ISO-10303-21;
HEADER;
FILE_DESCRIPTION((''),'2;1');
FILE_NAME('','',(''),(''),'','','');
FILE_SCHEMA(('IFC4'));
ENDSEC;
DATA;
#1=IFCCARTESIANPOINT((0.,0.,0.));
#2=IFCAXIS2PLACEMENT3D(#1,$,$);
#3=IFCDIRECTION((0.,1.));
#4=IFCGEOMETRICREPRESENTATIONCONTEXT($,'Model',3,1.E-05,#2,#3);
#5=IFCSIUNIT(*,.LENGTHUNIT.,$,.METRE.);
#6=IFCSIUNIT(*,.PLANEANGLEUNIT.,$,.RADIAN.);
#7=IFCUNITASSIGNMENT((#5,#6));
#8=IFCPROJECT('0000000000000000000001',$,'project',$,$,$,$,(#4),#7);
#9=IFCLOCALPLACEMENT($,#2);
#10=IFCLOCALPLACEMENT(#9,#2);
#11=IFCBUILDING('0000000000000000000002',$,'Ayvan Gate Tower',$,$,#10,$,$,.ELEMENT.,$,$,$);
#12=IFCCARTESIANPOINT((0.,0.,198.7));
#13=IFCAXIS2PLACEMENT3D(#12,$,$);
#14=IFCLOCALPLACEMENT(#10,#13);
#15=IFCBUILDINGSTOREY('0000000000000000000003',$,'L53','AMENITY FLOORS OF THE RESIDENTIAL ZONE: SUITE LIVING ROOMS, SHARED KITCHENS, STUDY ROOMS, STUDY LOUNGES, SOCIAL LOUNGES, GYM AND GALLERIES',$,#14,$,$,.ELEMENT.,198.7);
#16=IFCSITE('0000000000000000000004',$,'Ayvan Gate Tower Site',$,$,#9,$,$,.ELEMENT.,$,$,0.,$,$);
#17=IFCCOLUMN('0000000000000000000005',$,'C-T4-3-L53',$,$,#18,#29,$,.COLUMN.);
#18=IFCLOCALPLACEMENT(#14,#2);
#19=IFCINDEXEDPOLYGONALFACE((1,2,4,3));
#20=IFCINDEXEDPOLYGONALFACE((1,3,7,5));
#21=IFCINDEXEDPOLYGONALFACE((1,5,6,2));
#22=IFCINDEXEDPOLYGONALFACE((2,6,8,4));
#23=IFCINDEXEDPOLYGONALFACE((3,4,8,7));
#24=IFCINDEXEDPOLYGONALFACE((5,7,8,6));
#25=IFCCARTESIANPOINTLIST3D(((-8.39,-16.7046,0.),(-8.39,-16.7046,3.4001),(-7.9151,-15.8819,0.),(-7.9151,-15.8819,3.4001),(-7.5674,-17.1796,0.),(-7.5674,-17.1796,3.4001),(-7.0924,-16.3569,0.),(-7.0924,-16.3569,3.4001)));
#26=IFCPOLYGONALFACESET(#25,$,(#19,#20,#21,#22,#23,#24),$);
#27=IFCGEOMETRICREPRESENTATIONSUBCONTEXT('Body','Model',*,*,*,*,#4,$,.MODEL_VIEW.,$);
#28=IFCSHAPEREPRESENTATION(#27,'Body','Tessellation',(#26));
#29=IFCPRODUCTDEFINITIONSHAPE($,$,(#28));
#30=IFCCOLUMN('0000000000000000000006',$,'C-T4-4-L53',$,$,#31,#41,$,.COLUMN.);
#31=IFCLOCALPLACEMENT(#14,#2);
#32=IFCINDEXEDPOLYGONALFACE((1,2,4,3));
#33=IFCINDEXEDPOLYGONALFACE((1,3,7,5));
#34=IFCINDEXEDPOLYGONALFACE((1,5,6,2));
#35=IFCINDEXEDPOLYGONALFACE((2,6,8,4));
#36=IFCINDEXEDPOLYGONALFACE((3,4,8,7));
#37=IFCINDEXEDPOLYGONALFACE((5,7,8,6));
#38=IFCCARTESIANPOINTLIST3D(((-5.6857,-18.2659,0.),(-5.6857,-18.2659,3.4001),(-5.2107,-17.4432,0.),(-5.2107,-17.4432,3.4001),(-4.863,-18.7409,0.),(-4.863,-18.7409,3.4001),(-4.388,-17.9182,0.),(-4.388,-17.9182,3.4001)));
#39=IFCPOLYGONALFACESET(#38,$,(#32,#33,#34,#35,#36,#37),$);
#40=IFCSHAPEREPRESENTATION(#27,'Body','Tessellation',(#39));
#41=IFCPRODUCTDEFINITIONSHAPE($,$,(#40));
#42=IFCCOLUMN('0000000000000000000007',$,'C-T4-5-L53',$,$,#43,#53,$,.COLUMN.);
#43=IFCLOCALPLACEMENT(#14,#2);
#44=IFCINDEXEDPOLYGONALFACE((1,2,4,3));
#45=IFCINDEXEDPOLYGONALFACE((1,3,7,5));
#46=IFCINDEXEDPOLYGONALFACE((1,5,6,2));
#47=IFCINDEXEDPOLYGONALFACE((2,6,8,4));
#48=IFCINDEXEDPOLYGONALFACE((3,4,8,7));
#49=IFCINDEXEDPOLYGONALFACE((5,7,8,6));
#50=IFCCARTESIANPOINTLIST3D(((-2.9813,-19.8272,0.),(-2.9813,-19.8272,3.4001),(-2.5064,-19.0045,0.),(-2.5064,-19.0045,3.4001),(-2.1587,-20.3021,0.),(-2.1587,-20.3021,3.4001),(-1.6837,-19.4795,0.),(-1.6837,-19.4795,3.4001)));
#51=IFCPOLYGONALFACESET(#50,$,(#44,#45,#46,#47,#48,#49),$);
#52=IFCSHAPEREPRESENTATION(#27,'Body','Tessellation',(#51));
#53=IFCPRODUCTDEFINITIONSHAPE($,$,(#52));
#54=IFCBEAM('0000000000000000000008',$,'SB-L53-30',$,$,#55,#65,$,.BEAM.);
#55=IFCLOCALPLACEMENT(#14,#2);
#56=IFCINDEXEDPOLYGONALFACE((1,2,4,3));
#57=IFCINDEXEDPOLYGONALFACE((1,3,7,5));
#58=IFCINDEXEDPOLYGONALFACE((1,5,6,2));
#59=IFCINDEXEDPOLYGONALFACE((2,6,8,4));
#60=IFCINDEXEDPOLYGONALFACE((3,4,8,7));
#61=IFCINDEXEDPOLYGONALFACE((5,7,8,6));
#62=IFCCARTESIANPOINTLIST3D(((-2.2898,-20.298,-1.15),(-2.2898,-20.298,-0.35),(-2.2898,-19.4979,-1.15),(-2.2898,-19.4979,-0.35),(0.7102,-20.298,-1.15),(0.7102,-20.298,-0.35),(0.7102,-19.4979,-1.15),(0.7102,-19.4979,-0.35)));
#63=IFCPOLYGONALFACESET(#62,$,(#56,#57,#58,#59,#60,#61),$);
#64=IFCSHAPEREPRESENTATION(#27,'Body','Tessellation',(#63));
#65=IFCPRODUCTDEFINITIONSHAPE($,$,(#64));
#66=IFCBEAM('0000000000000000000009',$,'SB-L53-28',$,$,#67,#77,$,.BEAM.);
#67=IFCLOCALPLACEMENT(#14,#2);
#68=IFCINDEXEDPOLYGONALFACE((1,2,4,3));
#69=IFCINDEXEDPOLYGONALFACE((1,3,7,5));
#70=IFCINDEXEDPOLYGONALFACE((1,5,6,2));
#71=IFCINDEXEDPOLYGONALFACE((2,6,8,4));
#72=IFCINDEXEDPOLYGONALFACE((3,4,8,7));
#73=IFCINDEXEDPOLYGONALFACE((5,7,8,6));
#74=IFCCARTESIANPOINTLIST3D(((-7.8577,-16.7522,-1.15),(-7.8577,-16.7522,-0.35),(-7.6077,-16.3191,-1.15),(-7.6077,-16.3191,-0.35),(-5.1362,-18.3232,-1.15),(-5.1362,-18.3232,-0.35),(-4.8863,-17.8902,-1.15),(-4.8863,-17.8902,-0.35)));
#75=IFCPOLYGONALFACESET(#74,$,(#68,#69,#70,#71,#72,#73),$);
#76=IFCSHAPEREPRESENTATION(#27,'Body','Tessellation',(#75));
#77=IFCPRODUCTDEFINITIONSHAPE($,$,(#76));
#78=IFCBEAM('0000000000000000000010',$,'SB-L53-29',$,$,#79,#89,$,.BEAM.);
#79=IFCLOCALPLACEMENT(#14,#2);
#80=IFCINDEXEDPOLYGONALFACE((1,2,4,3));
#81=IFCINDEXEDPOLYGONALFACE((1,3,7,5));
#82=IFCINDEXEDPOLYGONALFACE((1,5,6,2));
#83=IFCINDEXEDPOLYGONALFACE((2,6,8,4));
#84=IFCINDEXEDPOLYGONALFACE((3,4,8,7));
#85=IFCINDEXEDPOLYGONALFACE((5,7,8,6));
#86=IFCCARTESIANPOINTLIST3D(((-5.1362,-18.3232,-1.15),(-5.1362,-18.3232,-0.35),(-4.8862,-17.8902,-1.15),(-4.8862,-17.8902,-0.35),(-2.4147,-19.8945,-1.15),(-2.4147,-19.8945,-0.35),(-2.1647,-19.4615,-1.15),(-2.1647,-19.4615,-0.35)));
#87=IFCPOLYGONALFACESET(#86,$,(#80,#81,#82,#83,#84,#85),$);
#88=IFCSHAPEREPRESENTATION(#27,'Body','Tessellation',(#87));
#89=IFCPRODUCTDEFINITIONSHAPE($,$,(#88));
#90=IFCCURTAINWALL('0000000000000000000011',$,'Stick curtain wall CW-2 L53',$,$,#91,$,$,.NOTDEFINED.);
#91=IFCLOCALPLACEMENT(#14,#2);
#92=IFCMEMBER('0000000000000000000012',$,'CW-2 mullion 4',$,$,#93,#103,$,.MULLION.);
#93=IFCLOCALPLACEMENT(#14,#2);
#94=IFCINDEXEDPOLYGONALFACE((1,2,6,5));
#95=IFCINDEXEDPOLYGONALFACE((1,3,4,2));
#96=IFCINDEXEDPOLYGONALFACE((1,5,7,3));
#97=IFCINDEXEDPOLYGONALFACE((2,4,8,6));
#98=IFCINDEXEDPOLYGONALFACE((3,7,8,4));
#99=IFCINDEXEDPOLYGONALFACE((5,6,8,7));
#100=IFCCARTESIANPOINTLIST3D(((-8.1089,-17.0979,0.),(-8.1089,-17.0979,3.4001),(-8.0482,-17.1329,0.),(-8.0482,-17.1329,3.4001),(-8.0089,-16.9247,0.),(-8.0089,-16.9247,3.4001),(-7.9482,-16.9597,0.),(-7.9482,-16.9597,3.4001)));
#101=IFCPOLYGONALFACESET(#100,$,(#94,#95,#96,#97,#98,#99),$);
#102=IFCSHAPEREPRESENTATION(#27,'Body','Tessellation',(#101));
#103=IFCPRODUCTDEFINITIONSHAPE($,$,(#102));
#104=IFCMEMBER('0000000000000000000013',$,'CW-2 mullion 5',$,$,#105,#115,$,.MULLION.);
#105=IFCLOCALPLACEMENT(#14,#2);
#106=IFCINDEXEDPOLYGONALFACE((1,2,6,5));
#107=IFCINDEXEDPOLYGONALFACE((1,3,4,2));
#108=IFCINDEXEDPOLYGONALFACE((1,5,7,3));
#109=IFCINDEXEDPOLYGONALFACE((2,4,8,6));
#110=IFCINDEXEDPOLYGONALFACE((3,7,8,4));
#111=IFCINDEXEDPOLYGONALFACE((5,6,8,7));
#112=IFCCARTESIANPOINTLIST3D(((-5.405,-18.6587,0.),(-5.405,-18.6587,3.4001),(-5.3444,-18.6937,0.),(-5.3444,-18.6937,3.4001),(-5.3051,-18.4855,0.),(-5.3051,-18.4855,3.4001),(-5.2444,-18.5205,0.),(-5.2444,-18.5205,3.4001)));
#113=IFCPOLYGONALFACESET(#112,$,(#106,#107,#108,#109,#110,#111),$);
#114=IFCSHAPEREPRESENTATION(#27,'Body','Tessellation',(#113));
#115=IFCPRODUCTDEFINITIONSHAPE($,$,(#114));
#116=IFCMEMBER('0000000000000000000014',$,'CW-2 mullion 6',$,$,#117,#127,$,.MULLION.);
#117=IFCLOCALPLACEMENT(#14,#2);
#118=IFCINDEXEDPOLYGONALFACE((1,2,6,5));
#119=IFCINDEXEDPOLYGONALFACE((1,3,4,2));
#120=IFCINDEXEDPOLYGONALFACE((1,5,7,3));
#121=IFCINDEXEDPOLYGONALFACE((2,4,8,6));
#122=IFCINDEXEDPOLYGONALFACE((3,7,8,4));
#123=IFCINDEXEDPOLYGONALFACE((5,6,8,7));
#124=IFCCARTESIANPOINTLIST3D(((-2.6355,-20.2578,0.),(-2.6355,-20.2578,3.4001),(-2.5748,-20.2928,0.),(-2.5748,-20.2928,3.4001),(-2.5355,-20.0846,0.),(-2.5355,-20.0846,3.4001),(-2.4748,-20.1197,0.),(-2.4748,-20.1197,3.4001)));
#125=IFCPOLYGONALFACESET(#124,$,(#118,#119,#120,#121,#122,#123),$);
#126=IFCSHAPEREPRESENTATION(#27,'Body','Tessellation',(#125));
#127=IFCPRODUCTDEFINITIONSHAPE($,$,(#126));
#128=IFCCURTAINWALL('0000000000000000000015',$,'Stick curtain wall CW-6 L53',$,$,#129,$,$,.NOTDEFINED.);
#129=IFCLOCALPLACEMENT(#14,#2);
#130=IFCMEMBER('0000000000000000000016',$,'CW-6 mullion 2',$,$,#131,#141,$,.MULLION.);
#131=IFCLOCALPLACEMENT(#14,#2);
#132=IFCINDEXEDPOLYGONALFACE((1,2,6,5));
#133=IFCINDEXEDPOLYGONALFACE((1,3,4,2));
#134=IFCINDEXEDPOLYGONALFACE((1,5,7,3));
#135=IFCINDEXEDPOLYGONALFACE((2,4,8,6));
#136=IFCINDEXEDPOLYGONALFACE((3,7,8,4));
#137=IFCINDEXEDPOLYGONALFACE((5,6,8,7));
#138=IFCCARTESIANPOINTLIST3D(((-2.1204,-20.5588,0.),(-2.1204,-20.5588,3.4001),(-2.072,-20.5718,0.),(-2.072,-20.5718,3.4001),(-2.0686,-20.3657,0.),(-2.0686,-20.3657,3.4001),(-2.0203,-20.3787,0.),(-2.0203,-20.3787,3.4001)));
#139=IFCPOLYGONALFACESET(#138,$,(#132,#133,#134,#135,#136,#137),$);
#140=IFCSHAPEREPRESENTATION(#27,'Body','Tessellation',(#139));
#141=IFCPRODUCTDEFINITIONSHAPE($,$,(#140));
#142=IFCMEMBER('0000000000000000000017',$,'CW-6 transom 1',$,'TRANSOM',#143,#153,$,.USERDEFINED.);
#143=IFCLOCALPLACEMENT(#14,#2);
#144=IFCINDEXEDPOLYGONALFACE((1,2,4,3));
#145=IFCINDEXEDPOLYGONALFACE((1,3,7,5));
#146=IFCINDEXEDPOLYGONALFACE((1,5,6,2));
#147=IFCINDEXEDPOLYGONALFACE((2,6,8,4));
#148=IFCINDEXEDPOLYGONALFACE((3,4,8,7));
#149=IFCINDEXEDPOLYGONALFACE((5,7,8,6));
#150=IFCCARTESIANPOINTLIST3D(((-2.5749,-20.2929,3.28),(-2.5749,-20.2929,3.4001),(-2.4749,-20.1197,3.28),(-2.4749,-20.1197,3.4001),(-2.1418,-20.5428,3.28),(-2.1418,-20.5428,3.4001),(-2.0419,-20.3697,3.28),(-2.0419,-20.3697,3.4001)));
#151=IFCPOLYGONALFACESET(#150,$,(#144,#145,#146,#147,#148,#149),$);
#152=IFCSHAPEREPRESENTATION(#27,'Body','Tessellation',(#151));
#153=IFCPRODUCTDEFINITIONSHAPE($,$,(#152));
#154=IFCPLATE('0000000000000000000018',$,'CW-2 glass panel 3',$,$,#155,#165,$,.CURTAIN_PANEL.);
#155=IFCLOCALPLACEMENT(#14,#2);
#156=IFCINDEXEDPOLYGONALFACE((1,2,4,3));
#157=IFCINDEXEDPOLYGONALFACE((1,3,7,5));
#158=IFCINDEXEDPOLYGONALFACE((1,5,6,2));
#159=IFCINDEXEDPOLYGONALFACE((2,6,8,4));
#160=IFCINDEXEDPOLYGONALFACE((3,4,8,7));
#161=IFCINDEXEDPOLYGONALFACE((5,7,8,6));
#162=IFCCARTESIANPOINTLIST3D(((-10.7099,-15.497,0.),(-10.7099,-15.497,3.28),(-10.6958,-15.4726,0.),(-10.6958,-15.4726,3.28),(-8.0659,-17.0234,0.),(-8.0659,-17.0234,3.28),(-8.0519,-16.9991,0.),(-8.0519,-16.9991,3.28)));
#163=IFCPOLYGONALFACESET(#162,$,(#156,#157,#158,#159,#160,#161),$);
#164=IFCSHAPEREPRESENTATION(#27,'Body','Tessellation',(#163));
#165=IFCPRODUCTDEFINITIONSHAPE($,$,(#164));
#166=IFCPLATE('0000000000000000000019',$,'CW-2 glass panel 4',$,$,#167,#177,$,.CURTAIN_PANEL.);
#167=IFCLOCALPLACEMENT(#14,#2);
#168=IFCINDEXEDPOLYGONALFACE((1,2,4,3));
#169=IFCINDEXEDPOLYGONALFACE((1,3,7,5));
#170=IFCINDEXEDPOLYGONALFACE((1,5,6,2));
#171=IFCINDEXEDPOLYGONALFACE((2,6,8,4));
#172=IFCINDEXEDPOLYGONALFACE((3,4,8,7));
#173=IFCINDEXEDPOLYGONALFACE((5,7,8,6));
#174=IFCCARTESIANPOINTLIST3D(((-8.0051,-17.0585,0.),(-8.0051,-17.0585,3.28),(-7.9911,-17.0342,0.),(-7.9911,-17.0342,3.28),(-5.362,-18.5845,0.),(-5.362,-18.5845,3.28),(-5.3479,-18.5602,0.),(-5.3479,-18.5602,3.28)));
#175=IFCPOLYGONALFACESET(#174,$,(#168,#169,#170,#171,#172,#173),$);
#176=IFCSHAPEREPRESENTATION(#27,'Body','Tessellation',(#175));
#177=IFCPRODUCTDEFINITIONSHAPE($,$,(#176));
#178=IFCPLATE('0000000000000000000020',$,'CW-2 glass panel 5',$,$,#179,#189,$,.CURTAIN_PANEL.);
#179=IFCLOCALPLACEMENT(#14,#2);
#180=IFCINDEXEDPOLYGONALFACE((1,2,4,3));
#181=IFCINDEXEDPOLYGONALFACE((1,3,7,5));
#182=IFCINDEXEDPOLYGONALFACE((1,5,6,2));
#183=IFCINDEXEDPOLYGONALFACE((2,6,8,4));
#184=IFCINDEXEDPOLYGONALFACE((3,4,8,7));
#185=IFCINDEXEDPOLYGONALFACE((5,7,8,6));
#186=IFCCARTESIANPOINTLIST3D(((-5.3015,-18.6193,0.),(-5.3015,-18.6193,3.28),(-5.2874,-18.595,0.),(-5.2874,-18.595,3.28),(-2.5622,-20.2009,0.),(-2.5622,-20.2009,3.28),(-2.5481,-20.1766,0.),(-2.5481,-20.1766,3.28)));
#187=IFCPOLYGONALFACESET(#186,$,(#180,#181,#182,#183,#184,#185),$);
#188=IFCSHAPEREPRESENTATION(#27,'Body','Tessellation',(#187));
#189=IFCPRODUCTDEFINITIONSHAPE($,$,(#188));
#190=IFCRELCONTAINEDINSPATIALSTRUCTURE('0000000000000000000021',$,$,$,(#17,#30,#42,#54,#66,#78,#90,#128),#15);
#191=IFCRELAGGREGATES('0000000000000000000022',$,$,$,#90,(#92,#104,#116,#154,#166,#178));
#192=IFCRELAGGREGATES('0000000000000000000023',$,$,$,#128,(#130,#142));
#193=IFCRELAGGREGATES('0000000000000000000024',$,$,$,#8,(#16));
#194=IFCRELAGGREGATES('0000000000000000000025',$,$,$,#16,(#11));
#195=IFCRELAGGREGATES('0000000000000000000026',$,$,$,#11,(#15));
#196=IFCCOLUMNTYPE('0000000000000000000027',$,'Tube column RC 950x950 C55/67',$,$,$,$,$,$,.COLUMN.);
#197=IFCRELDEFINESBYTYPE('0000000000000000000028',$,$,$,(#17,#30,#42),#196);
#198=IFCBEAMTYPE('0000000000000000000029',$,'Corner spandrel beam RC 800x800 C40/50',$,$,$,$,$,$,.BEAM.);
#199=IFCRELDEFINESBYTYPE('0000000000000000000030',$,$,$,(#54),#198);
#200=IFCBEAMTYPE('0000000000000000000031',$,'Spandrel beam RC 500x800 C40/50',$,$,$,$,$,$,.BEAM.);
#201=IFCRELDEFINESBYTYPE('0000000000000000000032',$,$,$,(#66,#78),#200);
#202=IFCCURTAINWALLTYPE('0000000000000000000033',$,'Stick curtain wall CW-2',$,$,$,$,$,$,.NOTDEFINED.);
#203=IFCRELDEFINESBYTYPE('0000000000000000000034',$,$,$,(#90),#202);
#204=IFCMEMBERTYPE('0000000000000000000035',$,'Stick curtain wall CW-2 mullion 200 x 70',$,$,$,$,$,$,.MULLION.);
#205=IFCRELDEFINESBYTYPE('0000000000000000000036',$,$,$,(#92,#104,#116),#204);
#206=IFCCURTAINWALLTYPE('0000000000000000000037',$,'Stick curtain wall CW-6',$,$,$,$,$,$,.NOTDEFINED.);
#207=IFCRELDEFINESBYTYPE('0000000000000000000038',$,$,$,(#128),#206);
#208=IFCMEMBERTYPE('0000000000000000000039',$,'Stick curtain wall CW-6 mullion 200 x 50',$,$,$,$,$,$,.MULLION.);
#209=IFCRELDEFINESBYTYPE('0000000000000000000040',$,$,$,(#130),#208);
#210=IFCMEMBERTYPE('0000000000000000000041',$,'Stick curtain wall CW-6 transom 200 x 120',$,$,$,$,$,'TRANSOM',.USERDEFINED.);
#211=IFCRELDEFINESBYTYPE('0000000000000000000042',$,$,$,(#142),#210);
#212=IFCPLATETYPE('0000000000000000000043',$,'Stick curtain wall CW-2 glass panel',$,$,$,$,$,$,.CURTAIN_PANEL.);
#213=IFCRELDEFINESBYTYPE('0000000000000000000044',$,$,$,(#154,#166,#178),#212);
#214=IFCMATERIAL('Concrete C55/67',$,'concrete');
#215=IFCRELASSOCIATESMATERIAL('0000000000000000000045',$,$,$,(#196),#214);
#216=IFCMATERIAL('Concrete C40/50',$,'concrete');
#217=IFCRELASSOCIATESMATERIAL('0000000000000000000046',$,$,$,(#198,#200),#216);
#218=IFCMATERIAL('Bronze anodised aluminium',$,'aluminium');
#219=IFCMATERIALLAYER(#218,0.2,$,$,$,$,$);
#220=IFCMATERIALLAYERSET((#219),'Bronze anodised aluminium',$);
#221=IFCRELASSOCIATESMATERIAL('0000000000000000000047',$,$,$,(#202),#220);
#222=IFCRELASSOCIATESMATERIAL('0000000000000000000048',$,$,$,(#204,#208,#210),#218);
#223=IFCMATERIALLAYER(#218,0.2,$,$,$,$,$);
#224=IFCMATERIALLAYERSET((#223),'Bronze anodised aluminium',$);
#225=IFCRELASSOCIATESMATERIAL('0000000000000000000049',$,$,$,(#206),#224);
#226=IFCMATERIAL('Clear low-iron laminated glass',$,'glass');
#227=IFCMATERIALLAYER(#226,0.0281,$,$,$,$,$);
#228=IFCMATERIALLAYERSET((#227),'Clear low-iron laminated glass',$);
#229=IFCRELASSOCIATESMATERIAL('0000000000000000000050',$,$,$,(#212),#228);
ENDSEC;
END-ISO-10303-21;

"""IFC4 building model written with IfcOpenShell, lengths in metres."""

from ifc_helpers import new_model, si_unit, direction, frame, origin, origin_2d, place, context, subcontext, project, spatial, rectangle, extrude, material, layer, layer_set, material_profile, profile_set, type_object, element, aggregate, save


model = new_model("IFC4")

# Units and contexts
model_context = context("Model", 3, precision=1e-05, world=origin(), true_north=direction((0.0, 1.0)))
body_context = subcontext(model_context, "Body", "Model", "MODEL_VIEW")
ifc_project = project(units=[si_unit("LENGTHUNIT", "METRE"), si_unit("PLANEANGLEUNIT", "RADIAN")], contexts=[model_context])

# Site, building, storey
site_placement = place(None, origin())
site = spatial("IfcSite", under=ifc_project, at=site_placement, Name="Ayvan Gate Tower Site", CompositionType="ELEMENT", RefElevation=0.0)
building_placement = place(site_placement, origin())
building = spatial("IfcBuilding", under=site, at=building_placement, Name="Ayvan Gate Tower", CompositionType="ELEMENT")
storey_placement = place(building_placement, frame((0.0, 0.0, 198.7)))
storey = spatial("IfcBuildingStorey", under=building, at=storey_placement, Name="L53", Description="AMENITY FLOORS OF THE RESIDENTIAL ZONE: SUITE LIVING ROOMS, SHARED KITCHENS, STUDY ROOMS, STUDY LOUNGES, SOCIAL LOUNGES, GYM AND GALLERIES", CompositionType="ELEMENT", Elevation=198.7)

# Columns
ifc_material_1 = material(Name="Concrete C55/67", Category="concrete")
ifc_material_profile_1 = material_profile(ifc_material_1, rectangle(XDim=0.95, YDim=0.95, at=origin_2d()), Name="RC 950x950")
ifc_profile_set_1 = profile_set([ifc_material_profile_1], Name="Concrete C55/67")
column_type = type_object("IfcColumnType", Name="Tube column RC 950x950 C55/67", PredefinedType="COLUMN", material=ifc_profile_set_1)
for number, where, z_axis, x_axis, name in (
    (1, (-7.7412, -16.5308, 0.0), (0.0, 0.0, 1.0), (-0.5, -0.866025, 0.0), "C-T4-3-L53"),
    (2, (-5.0369, -18.092, 0.0), (0.0, 0.0, 1.0), (-0.5, -0.866025, 0.0), "C-T4-4-L53"),
    (3, (-2.3325, -19.6533, 0.0), (0.0, 0.0, 1.0), (-0.5, -0.866025, 0.0), "C-T4-5-L53"),
):
    element("IfcColumn", number, at=place(storey_placement, frame(where, z_axis=z_axis, x_axis=x_axis)), inside=storey, type_object=column_type, Name=name, PredefinedType="COLUMN", context=body_context, shape_type="SweptSolid", body=[
        extrude(rectangle(XDim=0.95, YDim=0.95, at=origin_2d()), origin(), (0.0, 0.0, 1.0), 3.4001),
    ])

# Beams
ifc_material_2 = material(Name="Concrete C40/50", Category="concrete")
ifc_material_profile_2 = material_profile(ifc_material_2, rectangle(XDim=0.8, YDim=0.8, at=origin_2d()), Name="RC 800x800")
ifc_profile_set_2 = profile_set([ifc_material_profile_2], Name="Concrete C40/50")
beam_type_1 = type_object("IfcBeamType", Name="Corner spandrel beam RC 800x800 C40/50", PredefinedType="BEAM", material=ifc_profile_set_2)
beam_1_placement = place(storey_placement, frame((-2.2898, -19.8979, -0.75), z_axis=(1.0, 0.0, 0.0), x_axis=(0.0, 1.0, 0.0)))
element("IfcBeam", 4, at=beam_1_placement, inside=storey, type_object=beam_type_1, Name="SB-L53-30", PredefinedType="BEAM", context=body_context, shape_type="SweptSolid", body=[
    extrude(rectangle(XDim=0.8, YDim=0.8, at=origin_2d()), origin(), (0.0, 0.0, 1.0), 3.0),
])
ifc_material_profile_3 = material_profile(ifc_material_2, rectangle(XDim=0.5, YDim=0.8, at=origin_2d()), Name="RC 500x800")
ifc_profile_set_3 = profile_set([ifc_material_profile_3], Name="Concrete C40/50")
beam_type_2 = type_object("IfcBeamType", Name="Spandrel beam RC 500x800 C40/50", PredefinedType="BEAM", material=ifc_profile_set_3)
beam_2_placement = place(storey_placement, frame((-7.7327, -16.5356, -0.75), z_axis=(0.86605, -0.499958, 0.0), x_axis=(0.499958, 0.86605, 0.0)))
element("IfcBeam", 5, at=beam_2_placement, inside=storey, type_object=beam_type_2, Name="SB-L53-28", PredefinedType="BEAM", context=body_context, shape_type="SweptSolid", body=[
    extrude(rectangle(XDim=0.5, YDim=0.8, at=origin_2d()), origin(), (0.0, 0.0, 1.0), 3.1423),
])
beam_3_placement = place(storey_placement, frame((-5.0112, -18.1067, -0.75), z_axis=(0.866016, -0.500016, 0.0), x_axis=(0.500016, 0.866016, 0.0)))
element("IfcBeam", 6, at=beam_3_placement, inside=storey, type_object=beam_type_2, Name="SB-L53-29", PredefinedType="BEAM", context=body_context, shape_type="SweptSolid", body=[
    extrude(rectangle(XDim=0.5, YDim=0.8, at=origin_2d()), origin(), (0.0, 0.0, 1.0), 3.1426),
])

# Curtain walls, members
ifc_material_3 = material(Name="Bronze anodised aluminium", Category="aluminium")
ifc_layer_1 = layer(ifc_material_3, 0.2)
ifc_layer_set_1 = layer_set([ifc_layer_1], Name="Bronze anodised aluminium")
curtain_wall_type_1 = type_object("IfcCurtainWallType", Name="Stick curtain wall CW-2", PredefinedType="NOTDEFINED", material=ifc_layer_set_1)
curtain_wall_1_placement = place(storey_placement, origin())
curtain_wall_1 = element("IfcCurtainWall", 7, at=curtain_wall_1_placement, inside=storey, type_object=curtain_wall_type_1, Name="Stick curtain wall CW-2 L53", PredefinedType="NOTDEFINED")
ifc_material_profile_4 = material_profile(ifc_material_3, rectangle(XDim=0.2, YDim=0.0701, at=origin_2d()), Name="Stick curtain wall CW-2 mullion 200 x 70")
ifc_profile_set_4 = profile_set([ifc_material_profile_4], Name="Bronze anodised aluminium")
member_type_1 = type_object("IfcMemberType", Name="Stick curtain wall CW-2 mullion 200 x 70", PredefinedType="MULLION", material=ifc_profile_set_4)
member_1_placement = place(storey_placement, frame((-8.0286, -17.0288, 0.0), z_axis=(0.0, 0.0, 1.0), x_axis=(-0.5, -0.866025, 0.0)))
member_1 = element("IfcMember", 8, at=member_1_placement, type_object=member_type_1, Name="CW-2 mullion 4", PredefinedType="MULLION", context=body_context, shape_type="SweptSolid", body=[
    extrude(rectangle(XDim=0.2, YDim=0.0701, at=origin_2d()), origin(), (0.0, 0.0, 1.0), 3.4001),
])
member_2_placement = place(storey_placement, frame((-5.3247, -18.5896, 0.0), z_axis=(0.0, 0.0, 1.0), x_axis=(-0.5, -0.866025, 0.0)))
member_2 = element("IfcMember", 9, at=member_2_placement, type_object=member_type_1, Name="CW-2 mullion 5", PredefinedType="MULLION", context=body_context, shape_type="SweptSolid", body=[
    extrude(rectangle(XDim=0.2, YDim=0.0701, at=origin_2d()), origin(), (0.0, 0.0, 1.0), 3.4001),
])
member_3_placement = place(storey_placement, frame((-2.5552, -20.1887, 0.0), z_axis=(0.0, 0.0, 1.0), x_axis=(-0.5, -0.866025, 0.0)))
member_3 = element("IfcMember", 10, at=member_3_placement, type_object=member_type_1, Name="CW-2 mullion 6", PredefinedType="MULLION", context=body_context, shape_type="SweptSolid", body=[
    extrude(rectangle(XDim=0.2, YDim=0.0701, at=origin_2d()), origin(), (0.0, 0.0, 1.0), 3.4001),
])
ifc_layer_2 = layer(ifc_material_3, 0.2)
ifc_layer_set_2 = layer_set([ifc_layer_2], Name="Bronze anodised aluminium")
curtain_wall_type_2 = type_object("IfcCurtainWallType", Name="Stick curtain wall CW-6", PredefinedType="NOTDEFINED", material=ifc_layer_set_2)
curtain_wall_2_placement = place(storey_placement, origin())
curtain_wall_2 = element("IfcCurtainWall", 11, at=curtain_wall_2_placement, inside=storey, type_object=curtain_wall_type_2, Name="Stick curtain wall CW-6 L53", PredefinedType="NOTDEFINED")
ifc_material_profile_5 = material_profile(ifc_material_3, rectangle(XDim=0.2, YDim=0.05, at=origin_2d()), Name="Stick curtain wall CW-6 mullion 200 x 50")
ifc_profile_set_5 = profile_set([ifc_material_profile_5], Name="Bronze anodised aluminium")
member_type_2 = type_object("IfcMemberType", Name="Stick curtain wall CW-6 mullion 200 x 50", PredefinedType="MULLION", material=ifc_profile_set_5)
member_4_placement = place(storey_placement, frame((-2.0703, -20.4688, 0.0), z_axis=(0.0, 0.0, 1.0), x_axis=(-0.258819, -0.965926, 0.0)))
member_4 = element("IfcMember", 12, at=member_4_placement, type_object=member_type_2, Name="CW-6 mullion 2", PredefinedType="MULLION", context=body_context, shape_type="SweptSolid", body=[
    extrude(rectangle(XDim=0.2, YDim=0.05, at=origin_2d()), origin(), (0.0, 0.0, 1.0), 3.4001),
])
ifc_material_profile_6 = material_profile(ifc_material_3, rectangle(XDim=0.2, YDim=0.1201, at=origin_2d()), Name="Stick curtain wall CW-6 transom 200 x 120")
ifc_profile_set_6 = profile_set([ifc_material_profile_6], Name="Bronze anodised aluminium")
member_type_3 = type_object("IfcMemberType", Name="Stick curtain wall CW-6 transom 200 x 120", ElementType="TRANSOM", PredefinedType="USERDEFINED", material=ifc_profile_set_6)
member_5_placement = place(storey_placement, frame((-2.5249, -20.2063, 3.3401), z_axis=(0.866072, -0.49992, 0.0), x_axis=(0.49992, 0.866072, 0.0)))
member_5 = element("IfcMember", 13, at=member_5_placement, type_object=member_type_3, Name="CW-6 transom 1", ObjectType="TRANSOM", PredefinedType="USERDEFINED", context=body_context, shape_type="SweptSolid", body=[
    extrude(rectangle(XDim=0.2, YDim=0.1201, at=origin_2d()), origin(), (0.0, 0.0, 1.0), 0.5),
])

# Plates
ifc_material_4 = material(Name="Clear low-iron laminated glass", Category="glass")
ifc_layer_3 = layer(ifc_material_4, 0.0281)
ifc_layer_set_3 = layer_set([ifc_layer_3], Name="Clear low-iron laminated glass")
plate_type_1 = type_object("IfcPlateType", Name="Stick curtain wall CW-2 glass panel", PredefinedType="CURTAIN_PANEL", material=ifc_layer_set_3)
plate_1_placement = place(storey_placement, frame((-9.3809, -16.248, 0.0), z_axis=(0.0, 0.0, 1.0), x_axis=(0.866025, -0.5, 0.0)))
plate_1 = element("IfcPlate", 14, at=plate_1_placement, type_object=plate_type_1, Name="CW-2 glass panel 3", PredefinedType="CURTAIN_PANEL", context=body_context, shape_type="SweptSolid", body=[
    extrude(rectangle(XDim=3.053, YDim=0.0281, at=origin_2d()), origin(), (0.0, 0.0, 1.0), 3.28),
])
plate_2_placement = place(storey_placement, frame((-6.6765, -17.8093, 0.0), z_axis=(0.0, 0.0, 1.0), x_axis=(0.866025, -0.5, 0.0)))
plate_2 = element("IfcPlate", 15, at=plate_2_placement, type_object=plate_type_1, Name="CW-2 glass panel 4", PredefinedType="CURTAIN_PANEL", context=body_context, shape_type="SweptSolid", body=[
    extrude(rectangle(XDim=3.052, YDim=0.0281, at=origin_2d()), origin(), (0.0, 0.0, 1.0), 3.28),
])
plate_3_placement = place(storey_placement, frame((-3.9248, -19.3979, 0.0), z_axis=(0.0, 0.0, 1.0), x_axis=(0.866025, -0.5, 0.0)))
plate_3 = element("IfcPlate", 16, at=plate_3_placement, type_object=plate_type_1, Name="CW-2 glass panel 5", PredefinedType="CURTAIN_PANEL", context=body_context, shape_type="SweptSolid", body=[
    extrude(rectangle(XDim=3.1631, YDim=0.0281, at=origin_2d()), origin(), (0.0, 0.0, 1.0), 3.28),
])
aggregate(curtain_wall_1, [member_1, member_2, member_3, plate_1, plate_2, plate_3])
aggregate(curtain_wall_2, [member_4, member_5])

save(model, "model.ifc")
